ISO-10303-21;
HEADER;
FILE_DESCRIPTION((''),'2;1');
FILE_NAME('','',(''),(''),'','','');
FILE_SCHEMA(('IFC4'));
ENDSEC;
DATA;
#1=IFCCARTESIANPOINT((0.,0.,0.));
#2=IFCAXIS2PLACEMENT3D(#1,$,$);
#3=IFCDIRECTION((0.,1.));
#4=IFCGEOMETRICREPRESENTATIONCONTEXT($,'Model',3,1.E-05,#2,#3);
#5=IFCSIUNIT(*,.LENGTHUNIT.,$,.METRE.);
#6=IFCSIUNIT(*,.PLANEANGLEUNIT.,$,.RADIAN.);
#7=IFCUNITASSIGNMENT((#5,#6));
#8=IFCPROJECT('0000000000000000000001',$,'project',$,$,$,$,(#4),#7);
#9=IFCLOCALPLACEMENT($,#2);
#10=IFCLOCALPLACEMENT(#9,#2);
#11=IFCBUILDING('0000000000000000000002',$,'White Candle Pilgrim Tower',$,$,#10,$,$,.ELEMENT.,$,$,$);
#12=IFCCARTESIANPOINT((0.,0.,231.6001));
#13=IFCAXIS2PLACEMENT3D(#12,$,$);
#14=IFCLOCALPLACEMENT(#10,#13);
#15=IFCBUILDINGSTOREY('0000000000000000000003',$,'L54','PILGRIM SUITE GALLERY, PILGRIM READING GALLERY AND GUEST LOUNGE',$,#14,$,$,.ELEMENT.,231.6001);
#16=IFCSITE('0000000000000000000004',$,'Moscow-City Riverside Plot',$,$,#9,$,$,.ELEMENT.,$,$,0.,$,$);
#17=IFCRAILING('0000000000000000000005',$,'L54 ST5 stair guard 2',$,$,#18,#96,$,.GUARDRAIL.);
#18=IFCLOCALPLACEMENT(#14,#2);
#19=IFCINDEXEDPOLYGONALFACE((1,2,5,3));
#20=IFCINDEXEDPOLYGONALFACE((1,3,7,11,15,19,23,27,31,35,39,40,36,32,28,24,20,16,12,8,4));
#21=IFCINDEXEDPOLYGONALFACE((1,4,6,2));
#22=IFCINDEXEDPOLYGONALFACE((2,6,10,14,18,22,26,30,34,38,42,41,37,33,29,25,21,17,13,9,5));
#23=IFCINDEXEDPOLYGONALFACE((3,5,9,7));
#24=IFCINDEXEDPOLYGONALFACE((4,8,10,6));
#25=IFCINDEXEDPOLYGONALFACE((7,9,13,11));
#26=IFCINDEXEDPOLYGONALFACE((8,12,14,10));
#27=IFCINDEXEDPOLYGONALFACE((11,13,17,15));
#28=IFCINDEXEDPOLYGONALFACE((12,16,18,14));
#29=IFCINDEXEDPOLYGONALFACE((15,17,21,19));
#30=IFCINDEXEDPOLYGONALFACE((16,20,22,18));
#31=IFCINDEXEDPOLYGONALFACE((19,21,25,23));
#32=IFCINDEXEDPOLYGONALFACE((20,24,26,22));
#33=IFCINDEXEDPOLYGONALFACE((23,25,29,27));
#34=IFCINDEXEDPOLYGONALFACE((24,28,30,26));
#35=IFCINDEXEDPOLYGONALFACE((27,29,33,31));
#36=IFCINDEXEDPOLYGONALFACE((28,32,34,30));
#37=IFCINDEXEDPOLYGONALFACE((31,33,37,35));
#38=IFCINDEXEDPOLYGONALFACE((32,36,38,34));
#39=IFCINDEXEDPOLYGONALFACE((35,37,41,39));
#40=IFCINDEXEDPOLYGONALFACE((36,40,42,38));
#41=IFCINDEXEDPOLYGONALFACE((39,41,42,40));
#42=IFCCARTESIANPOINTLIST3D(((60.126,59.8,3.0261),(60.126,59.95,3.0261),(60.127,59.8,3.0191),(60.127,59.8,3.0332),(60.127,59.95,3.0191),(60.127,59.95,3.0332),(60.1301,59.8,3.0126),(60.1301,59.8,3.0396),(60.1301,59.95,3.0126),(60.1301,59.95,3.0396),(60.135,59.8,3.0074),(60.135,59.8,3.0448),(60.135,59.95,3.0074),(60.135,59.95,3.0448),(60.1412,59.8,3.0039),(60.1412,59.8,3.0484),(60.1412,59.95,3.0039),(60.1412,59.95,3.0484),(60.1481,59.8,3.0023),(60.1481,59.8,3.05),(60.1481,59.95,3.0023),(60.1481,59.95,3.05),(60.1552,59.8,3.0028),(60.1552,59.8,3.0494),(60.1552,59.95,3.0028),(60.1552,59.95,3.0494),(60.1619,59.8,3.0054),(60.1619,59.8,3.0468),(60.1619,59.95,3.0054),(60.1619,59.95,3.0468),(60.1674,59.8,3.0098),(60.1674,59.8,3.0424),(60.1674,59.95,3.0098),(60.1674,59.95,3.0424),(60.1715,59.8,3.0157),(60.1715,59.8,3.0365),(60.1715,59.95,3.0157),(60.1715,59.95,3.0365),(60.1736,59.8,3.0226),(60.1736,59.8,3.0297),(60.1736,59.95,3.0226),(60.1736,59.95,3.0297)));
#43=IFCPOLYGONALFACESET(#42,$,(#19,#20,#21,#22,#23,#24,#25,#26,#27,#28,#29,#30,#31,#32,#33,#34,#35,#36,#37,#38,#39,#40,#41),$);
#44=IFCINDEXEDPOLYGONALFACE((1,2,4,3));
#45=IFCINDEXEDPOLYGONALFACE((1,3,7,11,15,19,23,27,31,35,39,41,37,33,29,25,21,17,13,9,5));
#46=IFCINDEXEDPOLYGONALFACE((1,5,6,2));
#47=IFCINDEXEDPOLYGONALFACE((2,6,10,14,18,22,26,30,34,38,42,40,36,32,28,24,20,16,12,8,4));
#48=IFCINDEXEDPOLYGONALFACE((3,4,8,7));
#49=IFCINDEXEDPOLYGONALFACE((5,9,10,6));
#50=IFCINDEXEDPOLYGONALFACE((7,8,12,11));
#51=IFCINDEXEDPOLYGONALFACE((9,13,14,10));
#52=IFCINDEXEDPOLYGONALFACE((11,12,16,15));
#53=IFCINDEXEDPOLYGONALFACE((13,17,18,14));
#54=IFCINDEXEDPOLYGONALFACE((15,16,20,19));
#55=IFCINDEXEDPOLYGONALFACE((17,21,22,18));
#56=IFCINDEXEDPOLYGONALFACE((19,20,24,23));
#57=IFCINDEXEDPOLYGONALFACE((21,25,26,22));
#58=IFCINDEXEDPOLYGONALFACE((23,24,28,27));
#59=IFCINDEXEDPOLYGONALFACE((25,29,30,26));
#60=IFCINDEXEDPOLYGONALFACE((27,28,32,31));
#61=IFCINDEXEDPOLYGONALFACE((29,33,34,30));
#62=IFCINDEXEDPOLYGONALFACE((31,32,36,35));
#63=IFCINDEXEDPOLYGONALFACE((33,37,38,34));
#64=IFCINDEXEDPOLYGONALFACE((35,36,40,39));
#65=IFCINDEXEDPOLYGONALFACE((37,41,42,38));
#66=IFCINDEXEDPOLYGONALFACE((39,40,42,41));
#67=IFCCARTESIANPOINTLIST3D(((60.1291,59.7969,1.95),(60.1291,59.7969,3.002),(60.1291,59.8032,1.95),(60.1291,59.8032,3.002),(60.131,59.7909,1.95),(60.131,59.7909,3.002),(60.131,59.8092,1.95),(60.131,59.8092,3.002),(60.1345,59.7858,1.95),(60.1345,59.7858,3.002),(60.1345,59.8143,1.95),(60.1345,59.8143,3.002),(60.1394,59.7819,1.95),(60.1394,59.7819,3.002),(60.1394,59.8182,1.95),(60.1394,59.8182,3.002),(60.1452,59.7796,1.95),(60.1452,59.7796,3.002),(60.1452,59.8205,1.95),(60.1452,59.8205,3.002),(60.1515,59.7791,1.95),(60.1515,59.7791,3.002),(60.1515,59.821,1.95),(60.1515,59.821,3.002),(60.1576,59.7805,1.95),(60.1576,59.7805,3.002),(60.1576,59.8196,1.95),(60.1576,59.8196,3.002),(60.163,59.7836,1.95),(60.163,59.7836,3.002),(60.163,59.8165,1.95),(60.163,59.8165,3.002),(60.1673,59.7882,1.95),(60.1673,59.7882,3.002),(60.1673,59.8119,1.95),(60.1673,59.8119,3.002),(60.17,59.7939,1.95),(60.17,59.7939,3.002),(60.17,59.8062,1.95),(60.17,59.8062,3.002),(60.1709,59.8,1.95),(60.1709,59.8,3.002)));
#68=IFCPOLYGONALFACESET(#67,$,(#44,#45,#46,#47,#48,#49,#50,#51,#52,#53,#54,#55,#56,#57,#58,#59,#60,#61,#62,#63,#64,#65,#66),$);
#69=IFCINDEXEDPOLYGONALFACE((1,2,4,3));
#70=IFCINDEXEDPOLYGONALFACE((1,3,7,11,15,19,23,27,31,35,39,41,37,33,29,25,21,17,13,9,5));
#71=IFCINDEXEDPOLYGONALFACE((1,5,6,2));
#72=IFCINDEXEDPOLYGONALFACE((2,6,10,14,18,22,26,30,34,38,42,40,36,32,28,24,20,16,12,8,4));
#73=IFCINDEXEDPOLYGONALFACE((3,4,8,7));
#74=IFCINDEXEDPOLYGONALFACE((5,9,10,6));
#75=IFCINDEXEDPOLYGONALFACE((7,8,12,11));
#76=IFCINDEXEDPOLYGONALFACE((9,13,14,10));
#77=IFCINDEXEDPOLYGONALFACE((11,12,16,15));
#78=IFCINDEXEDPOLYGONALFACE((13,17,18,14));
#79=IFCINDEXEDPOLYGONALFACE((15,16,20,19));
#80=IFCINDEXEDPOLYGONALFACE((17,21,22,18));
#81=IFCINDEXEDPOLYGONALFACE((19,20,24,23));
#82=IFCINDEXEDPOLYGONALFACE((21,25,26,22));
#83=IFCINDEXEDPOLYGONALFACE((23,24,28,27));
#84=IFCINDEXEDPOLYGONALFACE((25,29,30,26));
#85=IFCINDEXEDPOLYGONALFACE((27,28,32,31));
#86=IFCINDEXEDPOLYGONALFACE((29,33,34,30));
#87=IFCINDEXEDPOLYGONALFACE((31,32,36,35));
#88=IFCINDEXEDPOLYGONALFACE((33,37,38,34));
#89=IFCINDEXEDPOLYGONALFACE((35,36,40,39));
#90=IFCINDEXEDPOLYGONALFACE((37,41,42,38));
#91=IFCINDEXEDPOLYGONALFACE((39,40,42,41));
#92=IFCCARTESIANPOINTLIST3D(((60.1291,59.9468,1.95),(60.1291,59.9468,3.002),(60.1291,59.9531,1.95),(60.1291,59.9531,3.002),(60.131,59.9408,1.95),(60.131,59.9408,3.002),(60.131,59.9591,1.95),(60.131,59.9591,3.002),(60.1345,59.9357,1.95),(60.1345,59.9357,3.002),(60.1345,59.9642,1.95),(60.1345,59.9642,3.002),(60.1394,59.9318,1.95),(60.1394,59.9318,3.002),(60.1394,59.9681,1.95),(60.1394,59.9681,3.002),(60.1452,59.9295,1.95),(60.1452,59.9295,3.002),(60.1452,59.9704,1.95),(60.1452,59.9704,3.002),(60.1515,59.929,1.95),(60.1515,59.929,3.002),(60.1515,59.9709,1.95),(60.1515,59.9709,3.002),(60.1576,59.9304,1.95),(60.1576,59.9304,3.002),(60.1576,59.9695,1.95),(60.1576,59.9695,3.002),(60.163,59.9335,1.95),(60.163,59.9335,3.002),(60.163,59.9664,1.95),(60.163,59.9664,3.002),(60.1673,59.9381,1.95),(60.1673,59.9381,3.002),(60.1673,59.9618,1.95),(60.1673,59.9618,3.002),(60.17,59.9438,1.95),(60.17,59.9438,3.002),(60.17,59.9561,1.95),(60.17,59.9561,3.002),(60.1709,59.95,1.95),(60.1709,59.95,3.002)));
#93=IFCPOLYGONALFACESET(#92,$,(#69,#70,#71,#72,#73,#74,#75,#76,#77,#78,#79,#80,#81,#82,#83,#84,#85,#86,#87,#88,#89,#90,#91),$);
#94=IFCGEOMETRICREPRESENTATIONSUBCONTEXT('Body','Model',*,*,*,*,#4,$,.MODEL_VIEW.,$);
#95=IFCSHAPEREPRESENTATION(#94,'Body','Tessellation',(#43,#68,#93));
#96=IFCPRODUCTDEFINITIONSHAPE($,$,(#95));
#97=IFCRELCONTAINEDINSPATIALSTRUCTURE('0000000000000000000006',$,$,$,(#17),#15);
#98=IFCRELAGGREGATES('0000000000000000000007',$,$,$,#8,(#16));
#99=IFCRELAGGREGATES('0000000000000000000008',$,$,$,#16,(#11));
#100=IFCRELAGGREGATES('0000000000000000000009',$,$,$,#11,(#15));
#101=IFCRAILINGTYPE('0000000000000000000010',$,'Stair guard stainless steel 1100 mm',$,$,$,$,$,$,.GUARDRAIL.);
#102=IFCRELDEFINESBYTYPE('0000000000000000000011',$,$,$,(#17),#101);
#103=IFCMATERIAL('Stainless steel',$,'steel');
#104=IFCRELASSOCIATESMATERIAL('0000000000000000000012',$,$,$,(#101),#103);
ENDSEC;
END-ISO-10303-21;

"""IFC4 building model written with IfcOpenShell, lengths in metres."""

from ifc_helpers import new_model, si_unit, direction, frame, origin, origin_2d, place, context, subcontext, project, spatial, circle, extrude, material, type_object, element, save


model = new_model("IFC4")

# Units and contexts
model_context = context("Model", 3, precision=1e-05, world=origin(), true_north=direction((0.0, 1.0)))
body_context = subcontext(model_context, "Body", "Model", "MODEL_VIEW")
ifc_project = project(units=[si_unit("LENGTHUNIT", "METRE"), si_unit("PLANEANGLEUNIT", "RADIAN")], contexts=[model_context])

# Site, building, storey
site_placement = place(None, origin())
site = spatial("IfcSite", under=ifc_project, at=site_placement, Name="Moscow-City Riverside Plot", CompositionType="ELEMENT", RefElevation=0.0)
building_placement = place(site_placement, origin())
building = spatial("IfcBuilding", under=site, at=building_placement, Name="White Candle Pilgrim Tower", CompositionType="ELEMENT")
storey_placement = place(building_placement, frame((0.0, 0.0, 231.6001)))
storey = spatial("IfcBuildingStorey", under=building, at=storey_placement, Name="L54", Description="PILGRIM SUITE GALLERY, PILGRIM READING GALLERY AND GUEST LOUNGE", CompositionType="ELEMENT", Elevation=231.6001)

# Railing
ifc_material_1 = material(Name="Stainless steel", Category="steel")
railing_type_1 = type_object("IfcRailingType", Name="Stair guard stainless steel 1100 mm", PredefinedType="GUARDRAIL", material=ifc_material_1)
railing_1_placement = place(storey_placement, frame((60.1499, 59.8, 1.95)))
element("IfcRailing", 1, at=railing_1_placement, inside=storey, type_object=railing_type_1, Name="L54 ST5 stair guard 2", PredefinedType="GUARDRAIL", context=body_context, shape_type="SweptSolid", body=[
    extrude(circle(Radius=0.0239, at=origin_2d()), frame((0.0, 0.0, 1.0762), z_axis=(0.0, 1.0, 0.0), x_axis=(-1.0, 0.0, 0.0)), (0.0, 0.0, 1.0), 0.1499),
    extrude(circle(Radius=0.021, at=origin_2d()), origin(), (0.0, 0.0, 1.0), 1.052),
    extrude(circle(Radius=0.021, at=origin_2d()), frame((0.0, 0.1499, 0.0)), (0.0, 0.0, 1.0), 1.052),
])

save(model, "model.ifc")
